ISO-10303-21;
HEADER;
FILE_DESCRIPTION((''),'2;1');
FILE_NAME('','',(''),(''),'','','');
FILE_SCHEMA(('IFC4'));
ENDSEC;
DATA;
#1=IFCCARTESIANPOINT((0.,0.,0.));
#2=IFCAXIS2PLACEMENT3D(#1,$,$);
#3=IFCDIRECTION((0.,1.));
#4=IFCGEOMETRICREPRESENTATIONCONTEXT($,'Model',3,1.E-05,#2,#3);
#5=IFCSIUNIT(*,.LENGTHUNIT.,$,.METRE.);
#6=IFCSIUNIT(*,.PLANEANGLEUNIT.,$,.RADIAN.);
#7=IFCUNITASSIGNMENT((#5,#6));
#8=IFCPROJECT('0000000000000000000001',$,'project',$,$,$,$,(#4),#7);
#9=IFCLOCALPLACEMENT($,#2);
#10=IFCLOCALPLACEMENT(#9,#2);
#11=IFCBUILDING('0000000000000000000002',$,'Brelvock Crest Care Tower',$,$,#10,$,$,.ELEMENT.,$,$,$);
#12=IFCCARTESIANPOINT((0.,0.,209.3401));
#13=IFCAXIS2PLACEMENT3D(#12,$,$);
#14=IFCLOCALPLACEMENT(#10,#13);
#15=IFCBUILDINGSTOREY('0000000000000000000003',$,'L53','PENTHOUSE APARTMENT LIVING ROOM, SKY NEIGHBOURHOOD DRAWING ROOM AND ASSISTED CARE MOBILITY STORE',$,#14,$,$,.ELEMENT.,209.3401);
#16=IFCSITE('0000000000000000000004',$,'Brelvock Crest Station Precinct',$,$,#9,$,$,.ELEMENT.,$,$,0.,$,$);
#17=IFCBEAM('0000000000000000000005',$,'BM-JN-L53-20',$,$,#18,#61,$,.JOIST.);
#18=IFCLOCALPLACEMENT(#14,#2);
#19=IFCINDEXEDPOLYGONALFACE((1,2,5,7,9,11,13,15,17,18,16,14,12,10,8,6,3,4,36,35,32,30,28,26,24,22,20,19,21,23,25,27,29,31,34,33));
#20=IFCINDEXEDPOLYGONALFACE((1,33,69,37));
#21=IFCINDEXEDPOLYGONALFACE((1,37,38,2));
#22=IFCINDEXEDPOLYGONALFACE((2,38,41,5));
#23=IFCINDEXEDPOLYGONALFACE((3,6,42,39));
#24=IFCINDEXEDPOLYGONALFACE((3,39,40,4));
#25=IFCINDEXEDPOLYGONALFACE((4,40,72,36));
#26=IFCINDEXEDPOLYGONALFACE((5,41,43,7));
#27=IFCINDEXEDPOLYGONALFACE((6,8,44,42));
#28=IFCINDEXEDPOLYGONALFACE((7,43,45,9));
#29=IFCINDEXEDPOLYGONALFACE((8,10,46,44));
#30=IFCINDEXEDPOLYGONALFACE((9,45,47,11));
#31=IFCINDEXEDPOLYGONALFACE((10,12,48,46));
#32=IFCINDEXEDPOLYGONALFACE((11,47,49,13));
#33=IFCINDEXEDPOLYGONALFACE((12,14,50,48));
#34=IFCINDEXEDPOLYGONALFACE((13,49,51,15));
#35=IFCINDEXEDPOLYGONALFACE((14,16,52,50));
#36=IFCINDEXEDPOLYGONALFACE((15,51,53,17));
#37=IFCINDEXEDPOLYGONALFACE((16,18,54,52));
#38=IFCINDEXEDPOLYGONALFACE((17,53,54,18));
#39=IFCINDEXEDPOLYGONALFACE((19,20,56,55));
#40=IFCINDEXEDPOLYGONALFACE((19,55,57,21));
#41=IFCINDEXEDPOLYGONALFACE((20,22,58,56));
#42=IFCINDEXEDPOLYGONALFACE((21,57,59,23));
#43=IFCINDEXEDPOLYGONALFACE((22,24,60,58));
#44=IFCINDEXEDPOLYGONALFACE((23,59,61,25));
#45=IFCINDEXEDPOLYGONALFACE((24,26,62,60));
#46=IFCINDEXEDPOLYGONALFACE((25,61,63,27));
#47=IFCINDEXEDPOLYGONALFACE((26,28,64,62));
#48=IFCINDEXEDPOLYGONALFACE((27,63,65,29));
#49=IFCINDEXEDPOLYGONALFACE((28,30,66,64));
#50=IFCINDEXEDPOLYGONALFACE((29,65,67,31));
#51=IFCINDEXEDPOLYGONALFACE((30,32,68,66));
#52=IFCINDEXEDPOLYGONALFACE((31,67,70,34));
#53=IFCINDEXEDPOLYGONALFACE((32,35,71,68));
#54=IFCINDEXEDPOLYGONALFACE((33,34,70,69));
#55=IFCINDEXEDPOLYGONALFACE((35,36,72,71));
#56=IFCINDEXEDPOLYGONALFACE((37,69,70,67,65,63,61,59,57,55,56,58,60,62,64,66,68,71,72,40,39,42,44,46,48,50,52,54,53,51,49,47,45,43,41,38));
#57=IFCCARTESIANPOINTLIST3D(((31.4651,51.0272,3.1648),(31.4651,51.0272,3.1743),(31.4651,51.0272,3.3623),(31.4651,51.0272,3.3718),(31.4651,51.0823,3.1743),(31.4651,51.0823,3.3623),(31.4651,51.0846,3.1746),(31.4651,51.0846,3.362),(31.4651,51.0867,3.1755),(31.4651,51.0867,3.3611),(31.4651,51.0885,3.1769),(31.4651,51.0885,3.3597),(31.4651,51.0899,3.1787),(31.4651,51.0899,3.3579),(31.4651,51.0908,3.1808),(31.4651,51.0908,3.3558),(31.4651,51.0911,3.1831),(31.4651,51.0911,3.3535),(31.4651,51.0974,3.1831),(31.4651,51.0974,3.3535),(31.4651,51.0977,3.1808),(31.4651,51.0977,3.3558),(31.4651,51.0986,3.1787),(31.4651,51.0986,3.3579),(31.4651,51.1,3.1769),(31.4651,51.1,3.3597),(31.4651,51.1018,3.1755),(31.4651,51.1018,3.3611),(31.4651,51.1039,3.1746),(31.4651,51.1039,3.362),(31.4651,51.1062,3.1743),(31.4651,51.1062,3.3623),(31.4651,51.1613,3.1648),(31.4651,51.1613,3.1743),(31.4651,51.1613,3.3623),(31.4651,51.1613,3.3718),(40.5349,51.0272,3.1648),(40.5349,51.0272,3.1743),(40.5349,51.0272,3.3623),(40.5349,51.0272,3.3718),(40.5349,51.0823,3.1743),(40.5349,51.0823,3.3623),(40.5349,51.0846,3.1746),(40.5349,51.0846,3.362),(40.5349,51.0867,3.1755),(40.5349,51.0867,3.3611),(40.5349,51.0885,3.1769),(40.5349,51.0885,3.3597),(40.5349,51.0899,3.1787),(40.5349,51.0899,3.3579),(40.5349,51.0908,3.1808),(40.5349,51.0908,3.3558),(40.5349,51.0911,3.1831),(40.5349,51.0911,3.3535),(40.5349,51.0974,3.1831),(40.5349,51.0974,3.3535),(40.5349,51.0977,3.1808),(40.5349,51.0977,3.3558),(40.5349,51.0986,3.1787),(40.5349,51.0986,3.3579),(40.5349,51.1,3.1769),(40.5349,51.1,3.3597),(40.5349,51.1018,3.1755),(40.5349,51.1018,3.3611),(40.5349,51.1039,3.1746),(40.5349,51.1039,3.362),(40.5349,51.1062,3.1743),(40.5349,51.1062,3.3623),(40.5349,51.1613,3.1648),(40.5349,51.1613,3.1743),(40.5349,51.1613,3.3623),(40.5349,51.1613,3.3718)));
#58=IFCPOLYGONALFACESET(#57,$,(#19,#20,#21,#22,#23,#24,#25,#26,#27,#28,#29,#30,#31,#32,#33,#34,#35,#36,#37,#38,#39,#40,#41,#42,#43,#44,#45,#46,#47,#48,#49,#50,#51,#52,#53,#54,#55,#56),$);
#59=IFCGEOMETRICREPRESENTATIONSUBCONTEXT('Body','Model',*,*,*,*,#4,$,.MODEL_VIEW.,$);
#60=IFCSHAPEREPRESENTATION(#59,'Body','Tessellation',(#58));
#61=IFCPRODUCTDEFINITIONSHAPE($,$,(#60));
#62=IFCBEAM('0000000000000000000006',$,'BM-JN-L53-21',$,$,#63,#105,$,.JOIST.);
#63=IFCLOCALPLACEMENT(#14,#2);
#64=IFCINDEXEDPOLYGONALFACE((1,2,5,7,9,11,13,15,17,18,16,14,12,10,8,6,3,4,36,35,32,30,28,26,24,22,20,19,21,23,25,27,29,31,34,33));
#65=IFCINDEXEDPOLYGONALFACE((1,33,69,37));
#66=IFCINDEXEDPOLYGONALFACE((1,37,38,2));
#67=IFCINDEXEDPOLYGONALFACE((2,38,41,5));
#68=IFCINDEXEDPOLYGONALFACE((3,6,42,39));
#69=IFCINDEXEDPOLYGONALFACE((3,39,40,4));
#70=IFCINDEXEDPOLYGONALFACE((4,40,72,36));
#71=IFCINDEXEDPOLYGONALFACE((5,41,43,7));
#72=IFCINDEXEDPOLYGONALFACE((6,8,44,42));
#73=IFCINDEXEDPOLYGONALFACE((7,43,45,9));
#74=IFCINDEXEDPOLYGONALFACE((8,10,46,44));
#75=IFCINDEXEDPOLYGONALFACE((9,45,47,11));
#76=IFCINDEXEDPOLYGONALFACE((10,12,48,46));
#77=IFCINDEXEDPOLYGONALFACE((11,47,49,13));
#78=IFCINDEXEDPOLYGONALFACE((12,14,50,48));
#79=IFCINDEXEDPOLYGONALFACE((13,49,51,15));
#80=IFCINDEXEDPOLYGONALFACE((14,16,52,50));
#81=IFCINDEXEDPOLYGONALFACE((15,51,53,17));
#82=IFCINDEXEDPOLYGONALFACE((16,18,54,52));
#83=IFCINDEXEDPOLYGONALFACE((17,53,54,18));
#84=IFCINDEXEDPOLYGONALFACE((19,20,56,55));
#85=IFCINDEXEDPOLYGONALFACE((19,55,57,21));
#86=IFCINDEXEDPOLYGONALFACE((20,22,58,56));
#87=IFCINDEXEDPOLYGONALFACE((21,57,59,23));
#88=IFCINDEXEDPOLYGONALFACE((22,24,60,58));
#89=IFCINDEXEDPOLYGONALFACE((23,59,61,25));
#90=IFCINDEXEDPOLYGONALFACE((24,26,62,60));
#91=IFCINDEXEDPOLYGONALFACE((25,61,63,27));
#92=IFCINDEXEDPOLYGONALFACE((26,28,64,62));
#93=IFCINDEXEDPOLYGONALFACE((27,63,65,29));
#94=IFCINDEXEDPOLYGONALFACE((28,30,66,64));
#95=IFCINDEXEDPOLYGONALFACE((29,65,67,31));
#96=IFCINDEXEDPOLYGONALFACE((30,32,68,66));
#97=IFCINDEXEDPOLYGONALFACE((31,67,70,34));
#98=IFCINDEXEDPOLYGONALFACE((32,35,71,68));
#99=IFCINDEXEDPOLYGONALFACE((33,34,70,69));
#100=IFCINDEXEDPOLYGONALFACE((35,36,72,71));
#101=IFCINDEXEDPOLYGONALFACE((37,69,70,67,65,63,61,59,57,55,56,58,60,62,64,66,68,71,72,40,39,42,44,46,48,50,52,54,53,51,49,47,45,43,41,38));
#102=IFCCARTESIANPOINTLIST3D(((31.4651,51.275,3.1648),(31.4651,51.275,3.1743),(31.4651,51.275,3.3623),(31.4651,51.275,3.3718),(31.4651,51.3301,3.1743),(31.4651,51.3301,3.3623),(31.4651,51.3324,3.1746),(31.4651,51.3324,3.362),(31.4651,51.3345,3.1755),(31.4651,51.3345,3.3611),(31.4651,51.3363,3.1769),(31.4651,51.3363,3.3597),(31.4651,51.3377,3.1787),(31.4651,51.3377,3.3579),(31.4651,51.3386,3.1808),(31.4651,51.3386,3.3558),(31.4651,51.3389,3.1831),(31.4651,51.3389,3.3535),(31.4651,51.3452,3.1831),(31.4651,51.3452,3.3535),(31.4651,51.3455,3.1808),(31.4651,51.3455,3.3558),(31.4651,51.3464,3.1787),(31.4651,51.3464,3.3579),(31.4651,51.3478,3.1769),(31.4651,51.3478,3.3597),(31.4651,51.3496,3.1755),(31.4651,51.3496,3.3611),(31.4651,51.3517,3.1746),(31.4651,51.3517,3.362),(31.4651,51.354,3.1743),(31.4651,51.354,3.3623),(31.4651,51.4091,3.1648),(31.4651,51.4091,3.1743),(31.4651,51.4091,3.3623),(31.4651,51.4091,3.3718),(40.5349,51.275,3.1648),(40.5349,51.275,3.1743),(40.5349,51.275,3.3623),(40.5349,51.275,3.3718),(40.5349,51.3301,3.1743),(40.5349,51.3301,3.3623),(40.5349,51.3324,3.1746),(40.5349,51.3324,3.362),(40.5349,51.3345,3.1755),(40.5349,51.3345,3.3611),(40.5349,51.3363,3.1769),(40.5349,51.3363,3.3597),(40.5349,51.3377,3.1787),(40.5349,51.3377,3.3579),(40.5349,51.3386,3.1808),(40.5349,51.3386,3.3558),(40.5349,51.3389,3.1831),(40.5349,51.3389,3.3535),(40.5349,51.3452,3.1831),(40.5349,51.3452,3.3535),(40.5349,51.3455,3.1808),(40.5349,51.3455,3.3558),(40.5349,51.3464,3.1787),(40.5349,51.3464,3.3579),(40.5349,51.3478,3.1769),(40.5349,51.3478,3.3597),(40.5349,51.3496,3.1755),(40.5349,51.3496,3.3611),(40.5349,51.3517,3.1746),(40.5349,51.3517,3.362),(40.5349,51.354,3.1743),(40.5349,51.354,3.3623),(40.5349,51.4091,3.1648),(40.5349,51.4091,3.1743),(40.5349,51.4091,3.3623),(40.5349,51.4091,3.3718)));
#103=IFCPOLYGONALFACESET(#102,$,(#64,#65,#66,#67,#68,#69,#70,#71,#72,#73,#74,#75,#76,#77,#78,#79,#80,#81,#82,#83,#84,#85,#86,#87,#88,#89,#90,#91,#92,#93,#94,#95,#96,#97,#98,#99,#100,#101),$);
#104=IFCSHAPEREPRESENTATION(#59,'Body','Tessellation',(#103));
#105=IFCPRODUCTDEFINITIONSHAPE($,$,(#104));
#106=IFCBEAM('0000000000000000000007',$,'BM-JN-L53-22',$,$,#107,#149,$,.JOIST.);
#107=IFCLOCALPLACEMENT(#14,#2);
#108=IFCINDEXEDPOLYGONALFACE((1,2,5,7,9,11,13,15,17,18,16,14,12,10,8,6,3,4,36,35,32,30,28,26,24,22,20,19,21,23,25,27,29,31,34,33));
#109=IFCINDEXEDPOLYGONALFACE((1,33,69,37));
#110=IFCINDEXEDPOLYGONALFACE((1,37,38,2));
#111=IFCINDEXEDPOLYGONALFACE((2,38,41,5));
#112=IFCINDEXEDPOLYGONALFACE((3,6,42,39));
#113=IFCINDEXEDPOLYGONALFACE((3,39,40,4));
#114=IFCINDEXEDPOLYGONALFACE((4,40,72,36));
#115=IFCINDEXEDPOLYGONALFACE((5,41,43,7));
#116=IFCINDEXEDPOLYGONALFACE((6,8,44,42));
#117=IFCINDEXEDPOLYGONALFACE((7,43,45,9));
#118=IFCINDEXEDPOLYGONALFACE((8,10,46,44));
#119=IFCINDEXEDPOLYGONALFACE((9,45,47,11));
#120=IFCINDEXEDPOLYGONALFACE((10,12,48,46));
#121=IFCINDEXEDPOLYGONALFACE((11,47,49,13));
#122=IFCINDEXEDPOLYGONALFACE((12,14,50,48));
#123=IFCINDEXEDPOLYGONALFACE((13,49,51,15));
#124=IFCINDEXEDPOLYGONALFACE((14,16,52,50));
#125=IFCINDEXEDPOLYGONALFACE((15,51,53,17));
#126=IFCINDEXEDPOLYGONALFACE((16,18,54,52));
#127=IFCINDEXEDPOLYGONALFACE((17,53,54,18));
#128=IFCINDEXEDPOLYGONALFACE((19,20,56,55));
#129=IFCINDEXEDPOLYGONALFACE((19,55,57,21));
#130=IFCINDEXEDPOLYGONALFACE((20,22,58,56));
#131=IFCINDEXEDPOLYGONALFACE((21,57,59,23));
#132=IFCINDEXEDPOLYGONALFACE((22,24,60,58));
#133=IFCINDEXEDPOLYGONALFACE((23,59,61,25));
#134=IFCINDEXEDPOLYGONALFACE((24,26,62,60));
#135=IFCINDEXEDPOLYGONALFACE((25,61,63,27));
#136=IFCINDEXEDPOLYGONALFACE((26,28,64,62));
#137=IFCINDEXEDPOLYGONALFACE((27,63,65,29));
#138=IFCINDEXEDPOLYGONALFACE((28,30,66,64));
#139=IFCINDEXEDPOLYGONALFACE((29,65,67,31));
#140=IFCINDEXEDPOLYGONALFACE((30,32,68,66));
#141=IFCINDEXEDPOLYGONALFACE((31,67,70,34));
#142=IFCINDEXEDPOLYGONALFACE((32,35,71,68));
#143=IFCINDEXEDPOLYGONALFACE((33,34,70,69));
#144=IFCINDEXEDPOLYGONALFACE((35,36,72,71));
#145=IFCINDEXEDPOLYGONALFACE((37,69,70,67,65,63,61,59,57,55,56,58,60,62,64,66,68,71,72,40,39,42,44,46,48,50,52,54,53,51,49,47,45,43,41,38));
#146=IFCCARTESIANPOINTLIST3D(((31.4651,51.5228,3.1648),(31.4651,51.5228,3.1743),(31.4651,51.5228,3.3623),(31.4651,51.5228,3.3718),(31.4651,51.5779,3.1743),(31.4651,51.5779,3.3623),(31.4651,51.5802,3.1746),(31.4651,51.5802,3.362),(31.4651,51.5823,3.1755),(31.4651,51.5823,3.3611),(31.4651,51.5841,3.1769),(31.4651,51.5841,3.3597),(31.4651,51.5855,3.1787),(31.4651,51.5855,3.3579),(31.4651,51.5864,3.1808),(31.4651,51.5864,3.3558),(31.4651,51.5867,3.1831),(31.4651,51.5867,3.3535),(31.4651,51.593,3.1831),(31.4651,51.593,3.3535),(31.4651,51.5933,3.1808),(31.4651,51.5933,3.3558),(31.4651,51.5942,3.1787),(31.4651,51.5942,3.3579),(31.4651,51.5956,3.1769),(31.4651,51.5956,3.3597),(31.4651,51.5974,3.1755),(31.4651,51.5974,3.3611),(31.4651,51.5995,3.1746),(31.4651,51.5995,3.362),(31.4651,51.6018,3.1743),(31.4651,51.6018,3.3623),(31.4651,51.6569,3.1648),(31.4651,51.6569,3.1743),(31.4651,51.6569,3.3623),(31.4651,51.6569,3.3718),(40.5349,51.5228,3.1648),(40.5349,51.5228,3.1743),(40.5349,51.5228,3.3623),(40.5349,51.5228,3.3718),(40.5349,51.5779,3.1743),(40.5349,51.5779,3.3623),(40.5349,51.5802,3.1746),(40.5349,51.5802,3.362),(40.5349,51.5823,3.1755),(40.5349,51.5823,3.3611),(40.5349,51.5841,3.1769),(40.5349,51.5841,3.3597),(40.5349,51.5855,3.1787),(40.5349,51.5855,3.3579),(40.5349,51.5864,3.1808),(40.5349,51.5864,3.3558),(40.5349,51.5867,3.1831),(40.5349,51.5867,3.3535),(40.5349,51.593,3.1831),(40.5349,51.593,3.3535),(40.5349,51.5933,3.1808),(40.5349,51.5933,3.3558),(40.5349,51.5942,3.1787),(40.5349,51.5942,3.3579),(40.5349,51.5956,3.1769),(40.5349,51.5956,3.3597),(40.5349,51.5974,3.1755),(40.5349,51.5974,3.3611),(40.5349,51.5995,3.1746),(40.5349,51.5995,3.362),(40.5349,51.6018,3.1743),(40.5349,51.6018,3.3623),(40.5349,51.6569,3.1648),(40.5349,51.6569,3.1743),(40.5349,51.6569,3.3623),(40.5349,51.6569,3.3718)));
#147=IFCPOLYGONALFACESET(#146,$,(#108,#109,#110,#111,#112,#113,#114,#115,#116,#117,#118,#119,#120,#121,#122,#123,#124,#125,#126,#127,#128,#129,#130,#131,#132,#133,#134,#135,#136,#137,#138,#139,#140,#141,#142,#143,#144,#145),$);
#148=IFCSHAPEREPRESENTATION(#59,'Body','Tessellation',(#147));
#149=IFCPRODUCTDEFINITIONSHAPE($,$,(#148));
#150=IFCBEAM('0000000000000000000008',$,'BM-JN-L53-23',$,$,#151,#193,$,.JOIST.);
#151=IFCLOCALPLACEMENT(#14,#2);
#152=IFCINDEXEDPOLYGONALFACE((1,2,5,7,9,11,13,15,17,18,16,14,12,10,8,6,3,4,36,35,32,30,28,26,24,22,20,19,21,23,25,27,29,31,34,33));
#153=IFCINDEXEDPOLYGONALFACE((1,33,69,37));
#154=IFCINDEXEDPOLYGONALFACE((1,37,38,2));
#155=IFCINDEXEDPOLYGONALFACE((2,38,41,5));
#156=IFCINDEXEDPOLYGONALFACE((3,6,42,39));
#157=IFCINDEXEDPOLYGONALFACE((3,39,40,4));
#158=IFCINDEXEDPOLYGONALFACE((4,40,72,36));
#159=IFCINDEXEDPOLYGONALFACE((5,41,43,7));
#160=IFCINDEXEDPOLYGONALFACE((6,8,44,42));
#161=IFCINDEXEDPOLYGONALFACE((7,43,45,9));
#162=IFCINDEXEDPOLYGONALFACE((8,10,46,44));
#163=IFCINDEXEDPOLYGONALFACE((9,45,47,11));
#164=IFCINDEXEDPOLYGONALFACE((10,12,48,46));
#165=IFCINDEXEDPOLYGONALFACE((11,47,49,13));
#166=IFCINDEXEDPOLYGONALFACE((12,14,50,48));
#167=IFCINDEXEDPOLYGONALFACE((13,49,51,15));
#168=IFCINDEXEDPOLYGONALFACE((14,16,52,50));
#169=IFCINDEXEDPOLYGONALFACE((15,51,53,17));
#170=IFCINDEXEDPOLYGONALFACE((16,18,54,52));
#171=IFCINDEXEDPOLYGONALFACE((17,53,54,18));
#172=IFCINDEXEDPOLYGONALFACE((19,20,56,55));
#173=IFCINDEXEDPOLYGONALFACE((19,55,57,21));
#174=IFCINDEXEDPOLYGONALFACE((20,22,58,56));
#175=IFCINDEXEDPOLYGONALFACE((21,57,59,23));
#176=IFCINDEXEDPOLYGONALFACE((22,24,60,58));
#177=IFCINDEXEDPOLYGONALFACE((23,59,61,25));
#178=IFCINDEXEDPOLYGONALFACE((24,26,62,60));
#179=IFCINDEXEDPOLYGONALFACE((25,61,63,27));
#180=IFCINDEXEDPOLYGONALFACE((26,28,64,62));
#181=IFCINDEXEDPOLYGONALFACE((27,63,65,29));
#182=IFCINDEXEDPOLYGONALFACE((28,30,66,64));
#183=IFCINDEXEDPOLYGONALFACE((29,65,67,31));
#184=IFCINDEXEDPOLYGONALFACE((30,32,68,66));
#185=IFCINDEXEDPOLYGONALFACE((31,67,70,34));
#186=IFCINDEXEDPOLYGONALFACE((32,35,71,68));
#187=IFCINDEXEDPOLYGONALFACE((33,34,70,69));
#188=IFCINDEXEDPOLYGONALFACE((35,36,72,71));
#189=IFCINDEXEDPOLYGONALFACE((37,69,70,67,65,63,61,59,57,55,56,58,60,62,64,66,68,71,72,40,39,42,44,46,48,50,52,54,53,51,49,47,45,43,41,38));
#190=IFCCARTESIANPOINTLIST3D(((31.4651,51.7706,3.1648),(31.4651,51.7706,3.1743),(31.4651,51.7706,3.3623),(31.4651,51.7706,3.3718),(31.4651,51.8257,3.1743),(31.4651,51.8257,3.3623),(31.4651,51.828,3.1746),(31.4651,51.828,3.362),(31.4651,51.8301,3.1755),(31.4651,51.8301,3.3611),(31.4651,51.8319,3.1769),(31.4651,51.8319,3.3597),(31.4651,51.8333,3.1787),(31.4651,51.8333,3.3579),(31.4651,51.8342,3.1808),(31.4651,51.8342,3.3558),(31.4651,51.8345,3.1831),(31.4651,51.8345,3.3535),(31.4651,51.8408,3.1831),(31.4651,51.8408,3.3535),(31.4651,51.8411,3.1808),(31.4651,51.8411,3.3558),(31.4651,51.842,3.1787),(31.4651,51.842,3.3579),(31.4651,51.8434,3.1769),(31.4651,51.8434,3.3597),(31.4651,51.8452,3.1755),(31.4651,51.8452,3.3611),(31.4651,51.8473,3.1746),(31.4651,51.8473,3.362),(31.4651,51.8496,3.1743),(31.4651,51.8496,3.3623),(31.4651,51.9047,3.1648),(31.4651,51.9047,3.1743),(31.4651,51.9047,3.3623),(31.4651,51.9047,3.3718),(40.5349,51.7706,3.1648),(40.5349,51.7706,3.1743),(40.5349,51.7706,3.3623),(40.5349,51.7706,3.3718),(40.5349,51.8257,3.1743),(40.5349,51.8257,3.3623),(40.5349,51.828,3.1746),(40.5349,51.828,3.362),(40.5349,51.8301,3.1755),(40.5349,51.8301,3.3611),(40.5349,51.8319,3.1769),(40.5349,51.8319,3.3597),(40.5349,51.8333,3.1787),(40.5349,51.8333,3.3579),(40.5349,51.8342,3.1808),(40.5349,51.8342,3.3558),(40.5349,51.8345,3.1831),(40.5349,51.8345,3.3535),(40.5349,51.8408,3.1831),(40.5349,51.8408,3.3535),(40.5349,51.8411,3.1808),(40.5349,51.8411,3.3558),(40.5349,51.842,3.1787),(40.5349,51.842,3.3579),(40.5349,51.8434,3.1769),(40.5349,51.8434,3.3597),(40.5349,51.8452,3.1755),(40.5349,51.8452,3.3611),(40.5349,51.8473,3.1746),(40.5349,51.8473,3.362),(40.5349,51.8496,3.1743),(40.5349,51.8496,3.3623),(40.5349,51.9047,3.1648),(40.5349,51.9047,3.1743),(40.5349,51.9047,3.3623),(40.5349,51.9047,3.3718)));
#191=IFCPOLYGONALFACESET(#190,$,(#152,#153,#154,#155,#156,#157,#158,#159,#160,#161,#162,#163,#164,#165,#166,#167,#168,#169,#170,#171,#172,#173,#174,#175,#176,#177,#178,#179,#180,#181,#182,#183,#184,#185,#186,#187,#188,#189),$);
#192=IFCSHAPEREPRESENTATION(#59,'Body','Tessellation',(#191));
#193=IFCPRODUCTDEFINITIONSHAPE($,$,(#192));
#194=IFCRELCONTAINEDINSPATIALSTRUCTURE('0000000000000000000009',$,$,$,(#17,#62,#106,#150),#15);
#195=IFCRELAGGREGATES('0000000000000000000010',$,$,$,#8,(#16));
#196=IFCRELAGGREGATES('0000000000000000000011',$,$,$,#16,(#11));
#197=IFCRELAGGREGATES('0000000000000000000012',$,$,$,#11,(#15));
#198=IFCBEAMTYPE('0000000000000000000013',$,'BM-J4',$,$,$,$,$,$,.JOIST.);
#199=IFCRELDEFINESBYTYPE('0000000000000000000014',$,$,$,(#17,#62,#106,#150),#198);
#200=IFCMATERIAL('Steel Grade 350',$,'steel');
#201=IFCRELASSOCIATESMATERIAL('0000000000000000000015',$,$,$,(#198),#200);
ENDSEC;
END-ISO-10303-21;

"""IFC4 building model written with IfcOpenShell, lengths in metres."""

from ifc_helpers import new_model, si_unit, direction, frame, origin, origin_2d, place, context, subcontext, project, spatial, i_section, extrude, source, transform, mapped, material, material_profile, profile_set, type_object, element, save


model = new_model("IFC4")

# Units and contexts
model_context = context("Model", 3, precision=1e-05, world=origin(), true_north=direction((0.0, 1.0)))
body_context = subcontext(model_context, "Body", "Model", "MODEL_VIEW")
ifc_project = project(units=[si_unit("LENGTHUNIT", "METRE"), si_unit("PLANEANGLEUNIT", "RADIAN")], contexts=[model_context])

# Site, building, storey
site_placement = place(None, origin())
site = spatial("IfcSite", under=ifc_project, at=site_placement, Name="Brelvock Crest Station Precinct", CompositionType="ELEMENT", RefElevation=0.0)
building_placement = place(site_placement, origin())
building = spatial("IfcBuilding", under=site, at=building_placement, Name="Brelvock Crest Care Tower", CompositionType="ELEMENT")
storey_placement = place(building_placement, frame((0.0, 0.0, 209.3401)))
storey = spatial("IfcBuildingStorey", under=building, at=storey_placement, Name="L53", Description="PENTHOUSE APARTMENT LIVING ROOM, SKY NEIGHBOURHOOD DRAWING ROOM AND ASSISTED CARE MOBILITY STORE", CompositionType="ELEMENT", Elevation=209.3401)

# Shared definitions
ifc_material_1 = material(Name="Steel Grade 350", Category="steel")

# Beams
ifc_material_profile_1 = material_profile(ifc_material_1, i_section(OverallWidth=0.134, OverallDepth=0.207, WebThickness=0.0063, FlangeThickness=0.0095, FilletRadius=0.0088, at=origin_2d()), Name="200UB29.8")
ifc_profile_set_1 = profile_set([ifc_material_profile_1], Name="Steel Grade 350")
beam_type_1 = type_object("IfcBeamType", Name="BM-J4", PredefinedType="JOIST", material=ifc_profile_set_1)
shared_shape_1 = source(origin(), body_context, "Body", "SweptSolid", [
    extrude(i_section(OverallWidth=0.134, OverallDepth=0.207, WebThickness=0.0063, FlangeThickness=0.0095, FilletRadius=0.0088, at=origin_2d()), origin(), (0.0, 0.0, 1.0), 9.0698),
])
for number, where, z_axis, x_axis, name in (
    (1, (31.4651, 51.0942, 3.2683), (1.0, 0.0, 0.0), (0.0, 1.0, 0.0), "BM-JN-L53-20"),
    (2, (31.4651, 51.342, 3.2683), (1.0, 0.0, 0.0), (0.0, 1.0, 0.0), "BM-JN-L53-21"),
    (3, (31.4651, 51.5898, 3.2683), (1.0, 0.0, 0.0), (0.0, 1.0, 0.0), "BM-JN-L53-22"),
    (4, (31.4651, 51.8376, 3.2683), (1.0, 0.0, 0.0), (0.0, 1.0, 0.0), "BM-JN-L53-23"),
):
    element("IfcBeam", number, at=place(storey_placement, frame(where, z_axis=z_axis, x_axis=x_axis)), inside=storey, type_object=beam_type_1, Name=name, PredefinedType="JOIST", context=body_context, shape_type="MappedRepresentation", body=[
        mapped(shared_shape_1, transform((0.0, 0.0, 0.0), x_axis=(1.0, 0.0, 0.0), y_axis=(0.0, 1.0, 0.0), z_axis=(0.0, 0.0, 1.0), scale=1.0)),
    ])

save(model, "model.ifc")
